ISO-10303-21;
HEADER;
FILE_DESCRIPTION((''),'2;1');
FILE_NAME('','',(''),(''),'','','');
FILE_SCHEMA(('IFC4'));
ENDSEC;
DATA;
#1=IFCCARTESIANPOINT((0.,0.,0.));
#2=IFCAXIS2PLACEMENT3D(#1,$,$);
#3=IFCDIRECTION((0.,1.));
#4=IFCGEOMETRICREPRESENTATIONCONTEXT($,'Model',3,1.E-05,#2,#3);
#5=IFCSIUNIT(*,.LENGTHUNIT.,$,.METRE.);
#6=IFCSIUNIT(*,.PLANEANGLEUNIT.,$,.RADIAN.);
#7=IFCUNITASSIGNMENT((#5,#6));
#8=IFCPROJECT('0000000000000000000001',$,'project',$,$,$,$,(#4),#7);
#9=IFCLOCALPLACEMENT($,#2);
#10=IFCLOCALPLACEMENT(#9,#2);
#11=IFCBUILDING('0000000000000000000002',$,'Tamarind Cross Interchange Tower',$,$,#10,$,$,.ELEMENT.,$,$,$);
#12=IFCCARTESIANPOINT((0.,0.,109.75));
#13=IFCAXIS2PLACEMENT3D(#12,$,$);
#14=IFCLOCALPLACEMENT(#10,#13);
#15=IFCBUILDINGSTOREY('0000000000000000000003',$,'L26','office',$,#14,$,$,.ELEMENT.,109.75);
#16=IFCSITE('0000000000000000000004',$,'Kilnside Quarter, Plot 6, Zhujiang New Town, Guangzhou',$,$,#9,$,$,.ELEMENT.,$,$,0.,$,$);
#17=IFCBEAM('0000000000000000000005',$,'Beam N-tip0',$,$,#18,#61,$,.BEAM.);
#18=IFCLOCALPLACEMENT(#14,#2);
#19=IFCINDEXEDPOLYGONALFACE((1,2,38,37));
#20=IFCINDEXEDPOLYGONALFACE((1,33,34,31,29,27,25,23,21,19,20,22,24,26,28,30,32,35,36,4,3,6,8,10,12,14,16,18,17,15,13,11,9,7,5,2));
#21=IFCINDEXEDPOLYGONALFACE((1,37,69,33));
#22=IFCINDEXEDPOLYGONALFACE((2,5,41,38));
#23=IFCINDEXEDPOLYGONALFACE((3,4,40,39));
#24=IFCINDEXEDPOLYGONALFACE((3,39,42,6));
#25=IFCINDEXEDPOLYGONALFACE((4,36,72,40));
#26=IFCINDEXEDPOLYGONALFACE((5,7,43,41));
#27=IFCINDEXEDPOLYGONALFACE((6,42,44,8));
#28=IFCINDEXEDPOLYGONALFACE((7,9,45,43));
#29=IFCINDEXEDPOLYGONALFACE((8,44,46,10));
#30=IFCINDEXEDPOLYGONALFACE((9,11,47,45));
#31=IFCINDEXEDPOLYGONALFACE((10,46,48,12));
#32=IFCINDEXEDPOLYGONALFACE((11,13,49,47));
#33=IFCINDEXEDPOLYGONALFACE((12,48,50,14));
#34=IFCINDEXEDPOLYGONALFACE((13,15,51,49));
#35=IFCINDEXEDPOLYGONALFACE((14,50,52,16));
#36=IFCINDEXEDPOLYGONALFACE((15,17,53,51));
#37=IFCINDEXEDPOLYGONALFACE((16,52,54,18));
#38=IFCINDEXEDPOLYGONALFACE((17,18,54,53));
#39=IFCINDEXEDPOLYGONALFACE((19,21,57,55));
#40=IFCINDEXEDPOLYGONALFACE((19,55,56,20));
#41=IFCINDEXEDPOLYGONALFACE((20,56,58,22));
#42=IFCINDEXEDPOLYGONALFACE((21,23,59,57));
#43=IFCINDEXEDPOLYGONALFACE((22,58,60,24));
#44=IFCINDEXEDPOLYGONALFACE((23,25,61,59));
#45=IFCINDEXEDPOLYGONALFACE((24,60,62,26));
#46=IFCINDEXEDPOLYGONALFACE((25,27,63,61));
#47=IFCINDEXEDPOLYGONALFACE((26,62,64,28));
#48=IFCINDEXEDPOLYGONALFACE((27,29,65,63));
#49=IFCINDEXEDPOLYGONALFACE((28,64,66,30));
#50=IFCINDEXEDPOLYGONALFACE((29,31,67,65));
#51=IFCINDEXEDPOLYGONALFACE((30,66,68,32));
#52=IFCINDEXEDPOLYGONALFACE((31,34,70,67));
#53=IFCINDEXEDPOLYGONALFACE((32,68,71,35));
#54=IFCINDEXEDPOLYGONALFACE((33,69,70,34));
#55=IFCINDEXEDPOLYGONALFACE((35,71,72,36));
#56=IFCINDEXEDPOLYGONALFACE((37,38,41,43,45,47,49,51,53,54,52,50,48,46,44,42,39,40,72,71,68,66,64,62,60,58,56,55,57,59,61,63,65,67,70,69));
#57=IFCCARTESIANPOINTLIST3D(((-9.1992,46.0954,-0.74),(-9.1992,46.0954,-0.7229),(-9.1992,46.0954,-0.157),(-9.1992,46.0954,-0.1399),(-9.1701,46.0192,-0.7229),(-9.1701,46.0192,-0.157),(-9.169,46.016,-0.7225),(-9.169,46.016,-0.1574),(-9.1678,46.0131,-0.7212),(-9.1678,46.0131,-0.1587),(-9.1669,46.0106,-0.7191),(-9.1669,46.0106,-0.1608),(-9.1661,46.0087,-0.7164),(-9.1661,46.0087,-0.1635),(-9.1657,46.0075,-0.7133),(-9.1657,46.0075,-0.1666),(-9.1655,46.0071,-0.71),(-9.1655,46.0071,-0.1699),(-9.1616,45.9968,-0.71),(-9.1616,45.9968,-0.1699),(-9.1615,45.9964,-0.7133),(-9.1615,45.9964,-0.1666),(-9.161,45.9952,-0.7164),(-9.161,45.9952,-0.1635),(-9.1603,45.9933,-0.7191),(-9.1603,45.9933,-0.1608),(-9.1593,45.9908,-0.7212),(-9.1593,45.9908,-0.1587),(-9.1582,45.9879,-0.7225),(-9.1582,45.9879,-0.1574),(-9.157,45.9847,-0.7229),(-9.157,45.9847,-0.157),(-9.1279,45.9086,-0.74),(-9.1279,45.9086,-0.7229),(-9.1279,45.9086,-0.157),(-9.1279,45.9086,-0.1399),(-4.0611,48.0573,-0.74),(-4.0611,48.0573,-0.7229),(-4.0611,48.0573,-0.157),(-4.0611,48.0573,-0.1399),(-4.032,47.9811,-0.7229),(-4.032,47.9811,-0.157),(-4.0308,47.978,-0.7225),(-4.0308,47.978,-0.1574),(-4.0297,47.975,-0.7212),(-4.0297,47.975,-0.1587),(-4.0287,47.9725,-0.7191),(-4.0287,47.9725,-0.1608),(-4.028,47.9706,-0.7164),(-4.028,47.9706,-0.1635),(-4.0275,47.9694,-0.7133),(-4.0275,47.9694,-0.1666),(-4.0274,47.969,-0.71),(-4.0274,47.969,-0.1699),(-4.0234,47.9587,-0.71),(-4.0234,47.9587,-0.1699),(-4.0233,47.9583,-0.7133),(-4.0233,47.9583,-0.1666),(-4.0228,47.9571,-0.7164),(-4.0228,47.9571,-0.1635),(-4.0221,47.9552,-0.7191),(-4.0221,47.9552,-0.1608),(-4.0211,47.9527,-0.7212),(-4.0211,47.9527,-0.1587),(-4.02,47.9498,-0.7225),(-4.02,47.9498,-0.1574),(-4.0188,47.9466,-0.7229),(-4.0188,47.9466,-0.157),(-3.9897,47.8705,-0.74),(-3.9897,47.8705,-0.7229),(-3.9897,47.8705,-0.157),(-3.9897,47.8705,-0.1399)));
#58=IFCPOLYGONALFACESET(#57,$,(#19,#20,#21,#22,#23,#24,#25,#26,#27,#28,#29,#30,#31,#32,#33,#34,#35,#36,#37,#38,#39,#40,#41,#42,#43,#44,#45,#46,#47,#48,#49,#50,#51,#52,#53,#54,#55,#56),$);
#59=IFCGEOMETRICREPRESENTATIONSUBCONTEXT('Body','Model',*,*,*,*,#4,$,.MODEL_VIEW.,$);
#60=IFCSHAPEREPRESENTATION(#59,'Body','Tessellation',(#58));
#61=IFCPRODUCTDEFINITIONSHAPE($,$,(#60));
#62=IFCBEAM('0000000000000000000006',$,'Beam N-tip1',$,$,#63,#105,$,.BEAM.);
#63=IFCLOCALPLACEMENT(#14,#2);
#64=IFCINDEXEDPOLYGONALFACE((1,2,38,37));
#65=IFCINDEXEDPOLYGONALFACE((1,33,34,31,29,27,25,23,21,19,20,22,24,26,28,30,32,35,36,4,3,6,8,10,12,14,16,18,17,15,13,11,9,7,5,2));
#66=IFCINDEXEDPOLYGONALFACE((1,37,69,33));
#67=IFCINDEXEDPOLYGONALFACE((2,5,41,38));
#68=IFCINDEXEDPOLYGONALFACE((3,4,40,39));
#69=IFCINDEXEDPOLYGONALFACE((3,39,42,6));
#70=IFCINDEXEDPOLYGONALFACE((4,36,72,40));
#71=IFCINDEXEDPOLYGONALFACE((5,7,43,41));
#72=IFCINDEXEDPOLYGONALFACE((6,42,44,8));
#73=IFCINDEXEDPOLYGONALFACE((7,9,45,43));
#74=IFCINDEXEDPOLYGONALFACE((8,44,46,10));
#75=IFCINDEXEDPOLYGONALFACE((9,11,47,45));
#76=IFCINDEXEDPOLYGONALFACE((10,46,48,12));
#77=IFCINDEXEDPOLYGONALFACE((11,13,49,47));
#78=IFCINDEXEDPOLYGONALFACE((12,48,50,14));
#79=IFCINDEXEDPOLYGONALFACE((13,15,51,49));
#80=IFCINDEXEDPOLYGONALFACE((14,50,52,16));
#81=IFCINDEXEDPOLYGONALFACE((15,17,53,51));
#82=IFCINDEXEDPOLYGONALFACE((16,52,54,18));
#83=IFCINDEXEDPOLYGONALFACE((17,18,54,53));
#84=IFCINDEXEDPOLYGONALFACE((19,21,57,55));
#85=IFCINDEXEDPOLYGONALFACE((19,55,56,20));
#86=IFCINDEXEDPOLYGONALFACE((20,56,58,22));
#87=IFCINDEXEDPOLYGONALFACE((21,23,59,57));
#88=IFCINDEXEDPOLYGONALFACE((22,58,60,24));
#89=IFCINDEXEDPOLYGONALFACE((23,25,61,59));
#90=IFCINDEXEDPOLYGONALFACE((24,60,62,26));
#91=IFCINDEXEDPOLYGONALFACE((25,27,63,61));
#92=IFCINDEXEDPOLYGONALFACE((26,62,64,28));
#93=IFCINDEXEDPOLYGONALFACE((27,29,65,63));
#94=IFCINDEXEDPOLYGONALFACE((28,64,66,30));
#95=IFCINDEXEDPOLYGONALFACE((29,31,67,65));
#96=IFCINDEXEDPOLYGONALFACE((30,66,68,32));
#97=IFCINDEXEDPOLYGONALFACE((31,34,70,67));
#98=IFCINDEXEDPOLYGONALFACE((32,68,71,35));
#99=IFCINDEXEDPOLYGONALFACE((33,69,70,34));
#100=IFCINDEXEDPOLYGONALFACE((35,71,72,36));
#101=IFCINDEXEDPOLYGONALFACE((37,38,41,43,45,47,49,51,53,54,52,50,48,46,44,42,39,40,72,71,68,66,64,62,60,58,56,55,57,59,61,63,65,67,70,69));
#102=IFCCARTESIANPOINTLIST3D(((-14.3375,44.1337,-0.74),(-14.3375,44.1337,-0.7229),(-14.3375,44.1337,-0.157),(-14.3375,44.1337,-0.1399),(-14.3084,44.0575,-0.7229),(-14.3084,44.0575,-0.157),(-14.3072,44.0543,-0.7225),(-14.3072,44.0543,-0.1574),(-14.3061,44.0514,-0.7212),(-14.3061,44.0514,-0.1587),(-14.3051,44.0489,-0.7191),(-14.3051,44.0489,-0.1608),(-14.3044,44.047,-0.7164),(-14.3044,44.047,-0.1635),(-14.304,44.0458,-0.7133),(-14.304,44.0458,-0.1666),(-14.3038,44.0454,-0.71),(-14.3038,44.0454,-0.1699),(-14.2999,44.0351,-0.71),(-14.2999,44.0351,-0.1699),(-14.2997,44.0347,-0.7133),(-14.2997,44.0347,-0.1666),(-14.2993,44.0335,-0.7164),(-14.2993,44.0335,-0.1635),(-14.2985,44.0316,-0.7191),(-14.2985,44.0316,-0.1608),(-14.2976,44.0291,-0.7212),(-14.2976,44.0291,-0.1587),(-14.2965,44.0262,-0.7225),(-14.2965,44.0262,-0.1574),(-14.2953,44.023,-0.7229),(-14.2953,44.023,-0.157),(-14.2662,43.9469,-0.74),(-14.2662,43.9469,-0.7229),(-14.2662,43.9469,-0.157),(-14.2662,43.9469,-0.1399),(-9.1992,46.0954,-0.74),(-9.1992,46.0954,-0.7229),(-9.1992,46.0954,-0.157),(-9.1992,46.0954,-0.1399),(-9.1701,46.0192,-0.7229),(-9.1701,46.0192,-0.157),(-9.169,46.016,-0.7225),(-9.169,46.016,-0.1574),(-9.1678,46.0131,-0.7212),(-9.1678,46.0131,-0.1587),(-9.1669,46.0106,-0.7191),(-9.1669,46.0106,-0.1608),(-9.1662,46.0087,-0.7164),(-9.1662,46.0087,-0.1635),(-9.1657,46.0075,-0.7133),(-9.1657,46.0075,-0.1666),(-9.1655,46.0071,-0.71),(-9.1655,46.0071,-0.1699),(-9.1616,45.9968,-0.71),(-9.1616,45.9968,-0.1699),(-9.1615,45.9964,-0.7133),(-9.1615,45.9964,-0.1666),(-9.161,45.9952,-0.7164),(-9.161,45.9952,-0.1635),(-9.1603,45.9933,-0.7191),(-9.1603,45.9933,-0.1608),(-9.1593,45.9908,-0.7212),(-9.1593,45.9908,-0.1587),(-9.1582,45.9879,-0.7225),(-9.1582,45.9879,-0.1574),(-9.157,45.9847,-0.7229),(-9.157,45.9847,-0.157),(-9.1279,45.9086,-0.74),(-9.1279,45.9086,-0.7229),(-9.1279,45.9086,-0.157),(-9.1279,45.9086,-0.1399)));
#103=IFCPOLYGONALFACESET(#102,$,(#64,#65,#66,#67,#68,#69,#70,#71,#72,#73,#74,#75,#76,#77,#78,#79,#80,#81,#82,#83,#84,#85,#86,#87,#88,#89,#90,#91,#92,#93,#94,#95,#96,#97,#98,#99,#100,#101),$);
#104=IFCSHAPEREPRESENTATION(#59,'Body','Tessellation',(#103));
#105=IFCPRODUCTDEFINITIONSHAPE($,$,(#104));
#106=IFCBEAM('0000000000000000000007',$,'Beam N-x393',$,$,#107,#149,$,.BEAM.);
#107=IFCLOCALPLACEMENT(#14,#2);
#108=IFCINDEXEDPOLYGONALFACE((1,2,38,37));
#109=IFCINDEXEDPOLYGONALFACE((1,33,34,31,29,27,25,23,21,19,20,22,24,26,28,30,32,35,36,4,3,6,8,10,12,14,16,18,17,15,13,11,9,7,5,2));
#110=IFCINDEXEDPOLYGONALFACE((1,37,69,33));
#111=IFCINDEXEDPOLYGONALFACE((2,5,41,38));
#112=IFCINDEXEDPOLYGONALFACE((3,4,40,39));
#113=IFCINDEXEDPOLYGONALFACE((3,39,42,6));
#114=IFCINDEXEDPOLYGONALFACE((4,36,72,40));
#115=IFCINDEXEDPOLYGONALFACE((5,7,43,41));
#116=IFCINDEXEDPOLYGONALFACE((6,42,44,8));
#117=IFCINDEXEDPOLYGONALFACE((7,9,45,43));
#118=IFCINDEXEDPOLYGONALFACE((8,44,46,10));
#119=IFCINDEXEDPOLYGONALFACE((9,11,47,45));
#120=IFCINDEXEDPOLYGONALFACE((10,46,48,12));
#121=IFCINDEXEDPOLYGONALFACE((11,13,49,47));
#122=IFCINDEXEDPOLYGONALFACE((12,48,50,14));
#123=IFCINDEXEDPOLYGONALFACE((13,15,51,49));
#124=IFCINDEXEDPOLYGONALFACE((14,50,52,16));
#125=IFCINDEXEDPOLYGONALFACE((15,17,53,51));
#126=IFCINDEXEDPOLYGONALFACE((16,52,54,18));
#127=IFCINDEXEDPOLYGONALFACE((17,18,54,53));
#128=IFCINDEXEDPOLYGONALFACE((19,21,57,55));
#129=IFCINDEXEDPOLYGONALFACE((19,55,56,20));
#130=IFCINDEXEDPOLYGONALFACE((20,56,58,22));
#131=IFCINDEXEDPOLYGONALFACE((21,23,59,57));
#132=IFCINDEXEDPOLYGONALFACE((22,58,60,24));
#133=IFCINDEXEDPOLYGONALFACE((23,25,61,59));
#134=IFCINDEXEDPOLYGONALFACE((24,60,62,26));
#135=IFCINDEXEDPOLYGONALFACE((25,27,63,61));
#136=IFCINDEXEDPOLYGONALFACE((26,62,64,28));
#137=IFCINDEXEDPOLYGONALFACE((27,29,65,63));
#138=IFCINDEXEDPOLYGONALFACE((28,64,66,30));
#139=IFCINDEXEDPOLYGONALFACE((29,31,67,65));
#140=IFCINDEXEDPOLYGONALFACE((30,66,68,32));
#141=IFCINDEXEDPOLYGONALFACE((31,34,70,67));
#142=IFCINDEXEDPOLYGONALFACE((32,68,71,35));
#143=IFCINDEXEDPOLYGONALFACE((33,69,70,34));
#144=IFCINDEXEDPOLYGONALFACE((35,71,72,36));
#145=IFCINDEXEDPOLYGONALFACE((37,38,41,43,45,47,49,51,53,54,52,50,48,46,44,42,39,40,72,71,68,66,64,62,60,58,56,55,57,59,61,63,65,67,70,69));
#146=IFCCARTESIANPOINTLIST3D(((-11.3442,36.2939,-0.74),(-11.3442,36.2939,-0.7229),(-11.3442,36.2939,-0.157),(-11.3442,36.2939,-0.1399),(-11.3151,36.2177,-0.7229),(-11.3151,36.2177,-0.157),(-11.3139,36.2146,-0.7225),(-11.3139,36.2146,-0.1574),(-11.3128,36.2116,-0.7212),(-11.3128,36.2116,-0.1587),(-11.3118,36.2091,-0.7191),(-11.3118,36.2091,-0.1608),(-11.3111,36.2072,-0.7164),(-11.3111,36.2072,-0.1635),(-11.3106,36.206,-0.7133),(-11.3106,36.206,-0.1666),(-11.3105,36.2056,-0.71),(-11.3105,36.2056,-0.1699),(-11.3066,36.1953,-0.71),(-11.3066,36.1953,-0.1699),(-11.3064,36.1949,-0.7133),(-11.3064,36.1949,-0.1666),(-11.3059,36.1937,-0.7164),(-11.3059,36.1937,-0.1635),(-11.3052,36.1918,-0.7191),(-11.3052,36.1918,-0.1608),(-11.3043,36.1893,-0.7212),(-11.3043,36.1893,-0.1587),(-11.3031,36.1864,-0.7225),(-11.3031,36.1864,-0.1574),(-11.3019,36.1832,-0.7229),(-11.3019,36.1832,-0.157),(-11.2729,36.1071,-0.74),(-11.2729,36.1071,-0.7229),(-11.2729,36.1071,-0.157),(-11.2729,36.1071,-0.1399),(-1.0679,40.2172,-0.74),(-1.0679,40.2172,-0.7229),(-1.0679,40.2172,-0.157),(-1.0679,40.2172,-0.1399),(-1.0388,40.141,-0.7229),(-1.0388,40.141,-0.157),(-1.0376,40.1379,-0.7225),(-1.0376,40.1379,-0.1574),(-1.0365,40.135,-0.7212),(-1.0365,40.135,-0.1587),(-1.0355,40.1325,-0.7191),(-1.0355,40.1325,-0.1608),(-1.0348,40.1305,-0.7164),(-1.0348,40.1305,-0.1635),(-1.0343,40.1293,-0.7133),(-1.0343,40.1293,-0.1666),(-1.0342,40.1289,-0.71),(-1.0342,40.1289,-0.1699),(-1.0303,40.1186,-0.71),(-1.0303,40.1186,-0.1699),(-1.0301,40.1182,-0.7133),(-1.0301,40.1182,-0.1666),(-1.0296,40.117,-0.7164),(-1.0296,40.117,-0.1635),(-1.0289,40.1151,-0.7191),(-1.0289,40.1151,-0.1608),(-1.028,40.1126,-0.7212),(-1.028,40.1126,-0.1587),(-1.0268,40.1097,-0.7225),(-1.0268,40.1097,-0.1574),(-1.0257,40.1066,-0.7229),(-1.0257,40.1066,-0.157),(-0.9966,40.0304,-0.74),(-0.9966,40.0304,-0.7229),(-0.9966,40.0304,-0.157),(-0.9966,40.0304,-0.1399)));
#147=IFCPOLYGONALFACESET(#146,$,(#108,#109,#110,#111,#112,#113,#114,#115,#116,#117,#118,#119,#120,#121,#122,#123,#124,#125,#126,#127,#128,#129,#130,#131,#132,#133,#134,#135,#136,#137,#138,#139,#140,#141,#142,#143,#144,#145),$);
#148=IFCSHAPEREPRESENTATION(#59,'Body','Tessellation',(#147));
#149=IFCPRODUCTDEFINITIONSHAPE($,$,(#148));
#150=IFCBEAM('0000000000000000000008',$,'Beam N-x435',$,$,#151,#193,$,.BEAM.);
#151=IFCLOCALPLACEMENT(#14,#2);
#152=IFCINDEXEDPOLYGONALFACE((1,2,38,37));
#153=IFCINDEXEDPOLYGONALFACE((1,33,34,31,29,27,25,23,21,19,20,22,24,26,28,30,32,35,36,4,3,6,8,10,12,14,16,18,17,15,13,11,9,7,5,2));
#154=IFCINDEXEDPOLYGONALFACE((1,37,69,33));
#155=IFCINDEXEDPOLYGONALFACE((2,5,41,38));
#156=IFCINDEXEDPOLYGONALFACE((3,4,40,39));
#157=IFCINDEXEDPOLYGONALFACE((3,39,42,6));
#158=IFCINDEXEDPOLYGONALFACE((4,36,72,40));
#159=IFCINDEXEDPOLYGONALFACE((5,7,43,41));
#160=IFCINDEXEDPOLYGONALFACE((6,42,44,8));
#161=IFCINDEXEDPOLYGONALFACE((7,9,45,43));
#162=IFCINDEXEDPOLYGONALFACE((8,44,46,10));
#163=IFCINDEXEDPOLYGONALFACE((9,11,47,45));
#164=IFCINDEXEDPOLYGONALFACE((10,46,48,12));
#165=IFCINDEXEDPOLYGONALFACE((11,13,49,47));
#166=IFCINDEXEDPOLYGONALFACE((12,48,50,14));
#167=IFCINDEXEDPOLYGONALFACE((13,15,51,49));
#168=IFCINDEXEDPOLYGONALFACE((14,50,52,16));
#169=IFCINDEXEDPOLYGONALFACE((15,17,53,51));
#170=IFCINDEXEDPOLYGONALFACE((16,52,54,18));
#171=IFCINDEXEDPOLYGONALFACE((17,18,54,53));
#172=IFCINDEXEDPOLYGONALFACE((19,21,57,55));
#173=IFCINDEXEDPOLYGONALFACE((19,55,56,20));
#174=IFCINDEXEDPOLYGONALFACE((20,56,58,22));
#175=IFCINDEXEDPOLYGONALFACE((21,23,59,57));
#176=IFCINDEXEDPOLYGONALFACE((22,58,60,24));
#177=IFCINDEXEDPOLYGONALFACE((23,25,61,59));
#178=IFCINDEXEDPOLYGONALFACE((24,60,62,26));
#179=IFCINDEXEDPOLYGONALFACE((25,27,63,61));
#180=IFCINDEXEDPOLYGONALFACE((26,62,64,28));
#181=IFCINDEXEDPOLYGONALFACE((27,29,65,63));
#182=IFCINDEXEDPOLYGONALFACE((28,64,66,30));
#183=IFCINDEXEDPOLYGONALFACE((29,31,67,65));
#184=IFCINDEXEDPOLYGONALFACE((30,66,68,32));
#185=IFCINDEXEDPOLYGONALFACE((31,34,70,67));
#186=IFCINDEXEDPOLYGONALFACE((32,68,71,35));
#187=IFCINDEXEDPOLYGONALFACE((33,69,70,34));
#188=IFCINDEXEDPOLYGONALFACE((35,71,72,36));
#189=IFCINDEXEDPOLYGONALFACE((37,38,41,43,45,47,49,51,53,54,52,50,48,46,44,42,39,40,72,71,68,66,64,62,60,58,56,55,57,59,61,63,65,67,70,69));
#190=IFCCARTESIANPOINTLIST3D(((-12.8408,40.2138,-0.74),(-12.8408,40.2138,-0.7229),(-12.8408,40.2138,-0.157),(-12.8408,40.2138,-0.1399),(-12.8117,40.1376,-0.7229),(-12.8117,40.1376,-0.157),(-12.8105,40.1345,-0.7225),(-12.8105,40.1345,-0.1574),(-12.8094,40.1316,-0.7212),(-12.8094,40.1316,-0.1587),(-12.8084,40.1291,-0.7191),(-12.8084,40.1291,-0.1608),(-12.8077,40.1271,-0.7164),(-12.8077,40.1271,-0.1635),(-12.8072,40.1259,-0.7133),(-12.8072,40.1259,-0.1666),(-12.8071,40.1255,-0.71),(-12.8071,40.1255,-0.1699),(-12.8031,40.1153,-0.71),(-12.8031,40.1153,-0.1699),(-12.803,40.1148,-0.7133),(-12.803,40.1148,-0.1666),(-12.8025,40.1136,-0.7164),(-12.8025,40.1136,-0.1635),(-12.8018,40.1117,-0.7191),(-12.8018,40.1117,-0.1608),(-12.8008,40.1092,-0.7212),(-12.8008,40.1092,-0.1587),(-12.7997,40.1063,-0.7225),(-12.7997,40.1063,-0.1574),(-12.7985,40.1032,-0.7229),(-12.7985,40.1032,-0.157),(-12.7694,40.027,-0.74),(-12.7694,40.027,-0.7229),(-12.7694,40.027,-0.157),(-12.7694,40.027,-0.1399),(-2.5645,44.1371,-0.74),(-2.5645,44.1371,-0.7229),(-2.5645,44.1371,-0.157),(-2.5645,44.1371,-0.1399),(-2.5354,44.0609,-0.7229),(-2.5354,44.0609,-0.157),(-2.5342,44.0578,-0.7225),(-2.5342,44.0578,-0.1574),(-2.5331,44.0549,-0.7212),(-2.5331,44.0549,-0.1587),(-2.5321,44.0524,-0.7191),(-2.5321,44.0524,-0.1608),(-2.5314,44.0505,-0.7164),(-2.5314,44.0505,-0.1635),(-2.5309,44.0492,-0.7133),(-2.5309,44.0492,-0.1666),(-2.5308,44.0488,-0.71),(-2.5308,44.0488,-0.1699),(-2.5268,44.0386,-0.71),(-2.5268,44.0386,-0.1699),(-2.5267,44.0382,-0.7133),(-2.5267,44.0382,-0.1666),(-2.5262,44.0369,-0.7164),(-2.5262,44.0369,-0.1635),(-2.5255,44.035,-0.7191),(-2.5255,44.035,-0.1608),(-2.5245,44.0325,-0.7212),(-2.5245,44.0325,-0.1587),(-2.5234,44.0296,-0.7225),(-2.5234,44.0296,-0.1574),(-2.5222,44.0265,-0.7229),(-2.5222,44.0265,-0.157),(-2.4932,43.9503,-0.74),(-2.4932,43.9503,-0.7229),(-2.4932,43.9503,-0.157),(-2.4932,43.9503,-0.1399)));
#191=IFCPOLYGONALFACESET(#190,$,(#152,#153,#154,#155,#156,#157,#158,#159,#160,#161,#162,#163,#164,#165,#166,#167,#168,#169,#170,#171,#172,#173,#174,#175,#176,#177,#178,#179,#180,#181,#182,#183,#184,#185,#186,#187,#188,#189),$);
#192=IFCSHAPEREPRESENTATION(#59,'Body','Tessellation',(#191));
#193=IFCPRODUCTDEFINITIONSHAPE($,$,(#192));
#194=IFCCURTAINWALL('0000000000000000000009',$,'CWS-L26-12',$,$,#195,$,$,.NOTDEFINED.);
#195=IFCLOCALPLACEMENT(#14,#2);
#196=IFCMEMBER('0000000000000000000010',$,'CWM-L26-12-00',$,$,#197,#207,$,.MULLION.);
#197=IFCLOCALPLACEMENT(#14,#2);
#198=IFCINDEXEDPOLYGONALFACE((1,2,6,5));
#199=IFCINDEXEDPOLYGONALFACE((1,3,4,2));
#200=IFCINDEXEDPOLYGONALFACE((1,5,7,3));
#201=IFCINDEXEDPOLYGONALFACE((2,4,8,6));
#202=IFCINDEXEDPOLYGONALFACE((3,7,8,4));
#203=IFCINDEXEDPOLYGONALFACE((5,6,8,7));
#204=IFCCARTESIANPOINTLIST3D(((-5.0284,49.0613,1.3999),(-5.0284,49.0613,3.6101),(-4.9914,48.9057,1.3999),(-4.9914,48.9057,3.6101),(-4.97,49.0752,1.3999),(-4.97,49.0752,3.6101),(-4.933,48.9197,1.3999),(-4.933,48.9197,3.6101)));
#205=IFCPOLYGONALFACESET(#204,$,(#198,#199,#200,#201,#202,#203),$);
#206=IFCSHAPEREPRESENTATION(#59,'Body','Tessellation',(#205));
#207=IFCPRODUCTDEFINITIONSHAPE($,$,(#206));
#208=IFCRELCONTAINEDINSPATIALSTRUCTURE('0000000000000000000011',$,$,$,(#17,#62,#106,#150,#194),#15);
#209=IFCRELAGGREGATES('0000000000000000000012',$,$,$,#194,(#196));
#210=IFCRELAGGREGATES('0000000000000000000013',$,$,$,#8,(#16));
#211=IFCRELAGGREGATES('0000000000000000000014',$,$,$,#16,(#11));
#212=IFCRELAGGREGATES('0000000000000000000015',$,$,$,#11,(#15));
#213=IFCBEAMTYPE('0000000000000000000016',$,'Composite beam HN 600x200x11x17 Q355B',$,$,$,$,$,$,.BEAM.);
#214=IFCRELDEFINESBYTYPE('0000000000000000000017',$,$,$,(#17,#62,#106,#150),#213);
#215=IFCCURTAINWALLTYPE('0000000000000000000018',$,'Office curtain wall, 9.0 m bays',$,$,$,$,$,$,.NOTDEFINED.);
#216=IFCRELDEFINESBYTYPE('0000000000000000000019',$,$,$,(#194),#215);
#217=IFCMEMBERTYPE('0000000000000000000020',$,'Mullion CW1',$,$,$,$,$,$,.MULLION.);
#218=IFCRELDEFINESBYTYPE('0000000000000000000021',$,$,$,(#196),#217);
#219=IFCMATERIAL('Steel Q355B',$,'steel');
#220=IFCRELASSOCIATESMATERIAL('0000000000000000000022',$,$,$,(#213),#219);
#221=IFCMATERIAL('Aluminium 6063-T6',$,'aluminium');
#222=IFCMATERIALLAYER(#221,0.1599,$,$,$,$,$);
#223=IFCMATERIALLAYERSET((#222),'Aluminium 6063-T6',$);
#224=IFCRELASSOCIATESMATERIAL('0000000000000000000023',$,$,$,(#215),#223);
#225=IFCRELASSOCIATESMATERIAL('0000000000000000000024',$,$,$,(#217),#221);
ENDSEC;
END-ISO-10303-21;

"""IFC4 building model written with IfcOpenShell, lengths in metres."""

from ifc_helpers import new_model, si_unit, direction, frame, origin, origin_2d, place, context, subcontext, project, spatial, rectangle, i_section, extrude, material, layer, layer_set, material_profile, profile_set, type_object, element, aggregate, save


model = new_model("IFC4")

# Units and contexts
model_context = context("Model", 3, precision=1e-05, world=origin(), true_north=direction((0.0, 1.0)))
body_context = subcontext(model_context, "Body", "Model", "MODEL_VIEW")
ifc_project = project(units=[si_unit("LENGTHUNIT", "METRE"), si_unit("PLANEANGLEUNIT", "RADIAN")], contexts=[model_context])

# Site, building, storey
site_placement = place(None, origin())
site = spatial("IfcSite", under=ifc_project, at=site_placement, Name="Kilnside Quarter, Plot 6, Zhujiang New Town, Guangzhou", CompositionType="ELEMENT", RefElevation=0.0)
building_placement = place(site_placement, origin())
building = spatial("IfcBuilding", under=site, at=building_placement, Name="Tamarind Cross Interchange Tower", CompositionType="ELEMENT")
storey_placement = place(building_placement, frame((0.0, 0.0, 109.75)))
storey = spatial("IfcBuildingStorey", under=building, at=storey_placement, Name="L26", Description="office", CompositionType="ELEMENT", Elevation=109.75)

# Beams
ifc_material_1 = material(Name="Steel Q355B", Category="steel")
ifc_material_profile_1 = material_profile(ifc_material_1, i_section(OverallWidth=0.2, OverallDepth=0.6001, WebThickness=0.011, FlangeThickness=0.0171, FilletRadius=0.0129, at=origin_2d()), Name="HN 600x200x11x17")
ifc_profile_set_1 = profile_set([ifc_material_profile_1], Name="Steel Q355B")
beam_type_1 = type_object("IfcBeamType", Name="Composite beam HN 600x200x11x17 Q355B", PredefinedType="BEAM", material=ifc_profile_set_1)
for number, where, z_axis, x_axis, name in (
    (1, (-4.0254, 47.9639, -0.4399), (-0.934215, -0.356711, 0.0), (0.356711, -0.934215, 0.0), "Beam N-tip0"),
    (2, (-9.1636, 46.002, -0.4399), (-0.934229, -0.356673, 0.0), (0.356673, -0.934229, 0.0), "Beam N-tip1"),
):
    element("IfcBeam", number, at=place(storey_placement, frame(where, z_axis=z_axis, x_axis=x_axis)), inside=storey, type_object=beam_type_1, Name=name, PredefinedType="BEAM", context=body_context, shape_type="SweptSolid", body=[
        extrude(i_section(OverallWidth=0.2, OverallDepth=0.6001, WebThickness=0.011, FlangeThickness=0.0171, FilletRadius=0.0129, at=origin_2d()), origin(), (0.0, 0.0, 1.0), 5.5),
    ])
for number, where, z_axis, x_axis, name in (
    (3, (-1.0322, 40.1238, -0.4399), (-0.934229, -0.356673, 0.0), (0.356673, -0.934229, 0.0), "Beam N-x393"),
    (4, (-2.5288, 44.0437, -0.4399), (-0.934229, -0.356673, 0.0), (0.356673, -0.934229, 0.0), "Beam N-x435"),
):
    element("IfcBeam", number, at=place(storey_placement, frame(where, z_axis=z_axis, x_axis=x_axis)), inside=storey, type_object=beam_type_1, Name=name, PredefinedType="BEAM", context=body_context, shape_type="SweptSolid", body=[
        extrude(i_section(OverallWidth=0.2, OverallDepth=0.6001, WebThickness=0.011, FlangeThickness=0.0171, FilletRadius=0.0129, at=origin_2d()), origin(), (0.0, 0.0, 1.0), 10.9998),
    ])

# Curtain wall, member
ifc_material_2 = material(Name="Aluminium 6063-T6", Category="aluminium")
ifc_layer_1 = layer(ifc_material_2, 0.1599)
ifc_layer_set_1 = layer_set([ifc_layer_1], Name="Aluminium 6063-T6")
curtain_wall_type = type_object("IfcCurtainWallType", Name="Office curtain wall, 9.0 m bays", PredefinedType="NOTDEFINED", material=ifc_layer_set_1)
curtain_wall_1_placement = place(storey_placement, origin())
curtain_wall_1 = element("IfcCurtainWall", 5, at=curtain_wall_1_placement, inside=storey, type_object=curtain_wall_type, Name="CWS-L26-12", PredefinedType="NOTDEFINED")
ifc_material_profile_2 = material_profile(ifc_material_2, rectangle(XDim=0.0601, YDim=0.1599, at=origin_2d()), Name="Mullion CW1")
ifc_profile_set_2 = profile_set([ifc_material_profile_2], Name="Aluminium 6063-T6")
member_type = type_object("IfcMemberType", Name="Mullion CW1", PredefinedType="MULLION", material=ifc_profile_set_2)
member_1_placement = place(storey_placement, frame((-4.9807, 48.9905, 1.3999), z_axis=(0.0, 0.0, 1.0), x_axis=(-0.972792, -0.23168, 0.0)))
member_1 = element("IfcMember", 6, at=member_1_placement, type_object=member_type, Name="CWM-L26-12-00", PredefinedType="MULLION", context=body_context, shape_type="SweptSolid", body=[
    extrude(rectangle(XDim=0.0601, YDim=0.1599, at=origin_2d()), origin(), (0.0, 0.0, 1.0), 2.2102),
])
aggregate(curtain_wall_1, [member_1])

save(model, "model.ifc")
